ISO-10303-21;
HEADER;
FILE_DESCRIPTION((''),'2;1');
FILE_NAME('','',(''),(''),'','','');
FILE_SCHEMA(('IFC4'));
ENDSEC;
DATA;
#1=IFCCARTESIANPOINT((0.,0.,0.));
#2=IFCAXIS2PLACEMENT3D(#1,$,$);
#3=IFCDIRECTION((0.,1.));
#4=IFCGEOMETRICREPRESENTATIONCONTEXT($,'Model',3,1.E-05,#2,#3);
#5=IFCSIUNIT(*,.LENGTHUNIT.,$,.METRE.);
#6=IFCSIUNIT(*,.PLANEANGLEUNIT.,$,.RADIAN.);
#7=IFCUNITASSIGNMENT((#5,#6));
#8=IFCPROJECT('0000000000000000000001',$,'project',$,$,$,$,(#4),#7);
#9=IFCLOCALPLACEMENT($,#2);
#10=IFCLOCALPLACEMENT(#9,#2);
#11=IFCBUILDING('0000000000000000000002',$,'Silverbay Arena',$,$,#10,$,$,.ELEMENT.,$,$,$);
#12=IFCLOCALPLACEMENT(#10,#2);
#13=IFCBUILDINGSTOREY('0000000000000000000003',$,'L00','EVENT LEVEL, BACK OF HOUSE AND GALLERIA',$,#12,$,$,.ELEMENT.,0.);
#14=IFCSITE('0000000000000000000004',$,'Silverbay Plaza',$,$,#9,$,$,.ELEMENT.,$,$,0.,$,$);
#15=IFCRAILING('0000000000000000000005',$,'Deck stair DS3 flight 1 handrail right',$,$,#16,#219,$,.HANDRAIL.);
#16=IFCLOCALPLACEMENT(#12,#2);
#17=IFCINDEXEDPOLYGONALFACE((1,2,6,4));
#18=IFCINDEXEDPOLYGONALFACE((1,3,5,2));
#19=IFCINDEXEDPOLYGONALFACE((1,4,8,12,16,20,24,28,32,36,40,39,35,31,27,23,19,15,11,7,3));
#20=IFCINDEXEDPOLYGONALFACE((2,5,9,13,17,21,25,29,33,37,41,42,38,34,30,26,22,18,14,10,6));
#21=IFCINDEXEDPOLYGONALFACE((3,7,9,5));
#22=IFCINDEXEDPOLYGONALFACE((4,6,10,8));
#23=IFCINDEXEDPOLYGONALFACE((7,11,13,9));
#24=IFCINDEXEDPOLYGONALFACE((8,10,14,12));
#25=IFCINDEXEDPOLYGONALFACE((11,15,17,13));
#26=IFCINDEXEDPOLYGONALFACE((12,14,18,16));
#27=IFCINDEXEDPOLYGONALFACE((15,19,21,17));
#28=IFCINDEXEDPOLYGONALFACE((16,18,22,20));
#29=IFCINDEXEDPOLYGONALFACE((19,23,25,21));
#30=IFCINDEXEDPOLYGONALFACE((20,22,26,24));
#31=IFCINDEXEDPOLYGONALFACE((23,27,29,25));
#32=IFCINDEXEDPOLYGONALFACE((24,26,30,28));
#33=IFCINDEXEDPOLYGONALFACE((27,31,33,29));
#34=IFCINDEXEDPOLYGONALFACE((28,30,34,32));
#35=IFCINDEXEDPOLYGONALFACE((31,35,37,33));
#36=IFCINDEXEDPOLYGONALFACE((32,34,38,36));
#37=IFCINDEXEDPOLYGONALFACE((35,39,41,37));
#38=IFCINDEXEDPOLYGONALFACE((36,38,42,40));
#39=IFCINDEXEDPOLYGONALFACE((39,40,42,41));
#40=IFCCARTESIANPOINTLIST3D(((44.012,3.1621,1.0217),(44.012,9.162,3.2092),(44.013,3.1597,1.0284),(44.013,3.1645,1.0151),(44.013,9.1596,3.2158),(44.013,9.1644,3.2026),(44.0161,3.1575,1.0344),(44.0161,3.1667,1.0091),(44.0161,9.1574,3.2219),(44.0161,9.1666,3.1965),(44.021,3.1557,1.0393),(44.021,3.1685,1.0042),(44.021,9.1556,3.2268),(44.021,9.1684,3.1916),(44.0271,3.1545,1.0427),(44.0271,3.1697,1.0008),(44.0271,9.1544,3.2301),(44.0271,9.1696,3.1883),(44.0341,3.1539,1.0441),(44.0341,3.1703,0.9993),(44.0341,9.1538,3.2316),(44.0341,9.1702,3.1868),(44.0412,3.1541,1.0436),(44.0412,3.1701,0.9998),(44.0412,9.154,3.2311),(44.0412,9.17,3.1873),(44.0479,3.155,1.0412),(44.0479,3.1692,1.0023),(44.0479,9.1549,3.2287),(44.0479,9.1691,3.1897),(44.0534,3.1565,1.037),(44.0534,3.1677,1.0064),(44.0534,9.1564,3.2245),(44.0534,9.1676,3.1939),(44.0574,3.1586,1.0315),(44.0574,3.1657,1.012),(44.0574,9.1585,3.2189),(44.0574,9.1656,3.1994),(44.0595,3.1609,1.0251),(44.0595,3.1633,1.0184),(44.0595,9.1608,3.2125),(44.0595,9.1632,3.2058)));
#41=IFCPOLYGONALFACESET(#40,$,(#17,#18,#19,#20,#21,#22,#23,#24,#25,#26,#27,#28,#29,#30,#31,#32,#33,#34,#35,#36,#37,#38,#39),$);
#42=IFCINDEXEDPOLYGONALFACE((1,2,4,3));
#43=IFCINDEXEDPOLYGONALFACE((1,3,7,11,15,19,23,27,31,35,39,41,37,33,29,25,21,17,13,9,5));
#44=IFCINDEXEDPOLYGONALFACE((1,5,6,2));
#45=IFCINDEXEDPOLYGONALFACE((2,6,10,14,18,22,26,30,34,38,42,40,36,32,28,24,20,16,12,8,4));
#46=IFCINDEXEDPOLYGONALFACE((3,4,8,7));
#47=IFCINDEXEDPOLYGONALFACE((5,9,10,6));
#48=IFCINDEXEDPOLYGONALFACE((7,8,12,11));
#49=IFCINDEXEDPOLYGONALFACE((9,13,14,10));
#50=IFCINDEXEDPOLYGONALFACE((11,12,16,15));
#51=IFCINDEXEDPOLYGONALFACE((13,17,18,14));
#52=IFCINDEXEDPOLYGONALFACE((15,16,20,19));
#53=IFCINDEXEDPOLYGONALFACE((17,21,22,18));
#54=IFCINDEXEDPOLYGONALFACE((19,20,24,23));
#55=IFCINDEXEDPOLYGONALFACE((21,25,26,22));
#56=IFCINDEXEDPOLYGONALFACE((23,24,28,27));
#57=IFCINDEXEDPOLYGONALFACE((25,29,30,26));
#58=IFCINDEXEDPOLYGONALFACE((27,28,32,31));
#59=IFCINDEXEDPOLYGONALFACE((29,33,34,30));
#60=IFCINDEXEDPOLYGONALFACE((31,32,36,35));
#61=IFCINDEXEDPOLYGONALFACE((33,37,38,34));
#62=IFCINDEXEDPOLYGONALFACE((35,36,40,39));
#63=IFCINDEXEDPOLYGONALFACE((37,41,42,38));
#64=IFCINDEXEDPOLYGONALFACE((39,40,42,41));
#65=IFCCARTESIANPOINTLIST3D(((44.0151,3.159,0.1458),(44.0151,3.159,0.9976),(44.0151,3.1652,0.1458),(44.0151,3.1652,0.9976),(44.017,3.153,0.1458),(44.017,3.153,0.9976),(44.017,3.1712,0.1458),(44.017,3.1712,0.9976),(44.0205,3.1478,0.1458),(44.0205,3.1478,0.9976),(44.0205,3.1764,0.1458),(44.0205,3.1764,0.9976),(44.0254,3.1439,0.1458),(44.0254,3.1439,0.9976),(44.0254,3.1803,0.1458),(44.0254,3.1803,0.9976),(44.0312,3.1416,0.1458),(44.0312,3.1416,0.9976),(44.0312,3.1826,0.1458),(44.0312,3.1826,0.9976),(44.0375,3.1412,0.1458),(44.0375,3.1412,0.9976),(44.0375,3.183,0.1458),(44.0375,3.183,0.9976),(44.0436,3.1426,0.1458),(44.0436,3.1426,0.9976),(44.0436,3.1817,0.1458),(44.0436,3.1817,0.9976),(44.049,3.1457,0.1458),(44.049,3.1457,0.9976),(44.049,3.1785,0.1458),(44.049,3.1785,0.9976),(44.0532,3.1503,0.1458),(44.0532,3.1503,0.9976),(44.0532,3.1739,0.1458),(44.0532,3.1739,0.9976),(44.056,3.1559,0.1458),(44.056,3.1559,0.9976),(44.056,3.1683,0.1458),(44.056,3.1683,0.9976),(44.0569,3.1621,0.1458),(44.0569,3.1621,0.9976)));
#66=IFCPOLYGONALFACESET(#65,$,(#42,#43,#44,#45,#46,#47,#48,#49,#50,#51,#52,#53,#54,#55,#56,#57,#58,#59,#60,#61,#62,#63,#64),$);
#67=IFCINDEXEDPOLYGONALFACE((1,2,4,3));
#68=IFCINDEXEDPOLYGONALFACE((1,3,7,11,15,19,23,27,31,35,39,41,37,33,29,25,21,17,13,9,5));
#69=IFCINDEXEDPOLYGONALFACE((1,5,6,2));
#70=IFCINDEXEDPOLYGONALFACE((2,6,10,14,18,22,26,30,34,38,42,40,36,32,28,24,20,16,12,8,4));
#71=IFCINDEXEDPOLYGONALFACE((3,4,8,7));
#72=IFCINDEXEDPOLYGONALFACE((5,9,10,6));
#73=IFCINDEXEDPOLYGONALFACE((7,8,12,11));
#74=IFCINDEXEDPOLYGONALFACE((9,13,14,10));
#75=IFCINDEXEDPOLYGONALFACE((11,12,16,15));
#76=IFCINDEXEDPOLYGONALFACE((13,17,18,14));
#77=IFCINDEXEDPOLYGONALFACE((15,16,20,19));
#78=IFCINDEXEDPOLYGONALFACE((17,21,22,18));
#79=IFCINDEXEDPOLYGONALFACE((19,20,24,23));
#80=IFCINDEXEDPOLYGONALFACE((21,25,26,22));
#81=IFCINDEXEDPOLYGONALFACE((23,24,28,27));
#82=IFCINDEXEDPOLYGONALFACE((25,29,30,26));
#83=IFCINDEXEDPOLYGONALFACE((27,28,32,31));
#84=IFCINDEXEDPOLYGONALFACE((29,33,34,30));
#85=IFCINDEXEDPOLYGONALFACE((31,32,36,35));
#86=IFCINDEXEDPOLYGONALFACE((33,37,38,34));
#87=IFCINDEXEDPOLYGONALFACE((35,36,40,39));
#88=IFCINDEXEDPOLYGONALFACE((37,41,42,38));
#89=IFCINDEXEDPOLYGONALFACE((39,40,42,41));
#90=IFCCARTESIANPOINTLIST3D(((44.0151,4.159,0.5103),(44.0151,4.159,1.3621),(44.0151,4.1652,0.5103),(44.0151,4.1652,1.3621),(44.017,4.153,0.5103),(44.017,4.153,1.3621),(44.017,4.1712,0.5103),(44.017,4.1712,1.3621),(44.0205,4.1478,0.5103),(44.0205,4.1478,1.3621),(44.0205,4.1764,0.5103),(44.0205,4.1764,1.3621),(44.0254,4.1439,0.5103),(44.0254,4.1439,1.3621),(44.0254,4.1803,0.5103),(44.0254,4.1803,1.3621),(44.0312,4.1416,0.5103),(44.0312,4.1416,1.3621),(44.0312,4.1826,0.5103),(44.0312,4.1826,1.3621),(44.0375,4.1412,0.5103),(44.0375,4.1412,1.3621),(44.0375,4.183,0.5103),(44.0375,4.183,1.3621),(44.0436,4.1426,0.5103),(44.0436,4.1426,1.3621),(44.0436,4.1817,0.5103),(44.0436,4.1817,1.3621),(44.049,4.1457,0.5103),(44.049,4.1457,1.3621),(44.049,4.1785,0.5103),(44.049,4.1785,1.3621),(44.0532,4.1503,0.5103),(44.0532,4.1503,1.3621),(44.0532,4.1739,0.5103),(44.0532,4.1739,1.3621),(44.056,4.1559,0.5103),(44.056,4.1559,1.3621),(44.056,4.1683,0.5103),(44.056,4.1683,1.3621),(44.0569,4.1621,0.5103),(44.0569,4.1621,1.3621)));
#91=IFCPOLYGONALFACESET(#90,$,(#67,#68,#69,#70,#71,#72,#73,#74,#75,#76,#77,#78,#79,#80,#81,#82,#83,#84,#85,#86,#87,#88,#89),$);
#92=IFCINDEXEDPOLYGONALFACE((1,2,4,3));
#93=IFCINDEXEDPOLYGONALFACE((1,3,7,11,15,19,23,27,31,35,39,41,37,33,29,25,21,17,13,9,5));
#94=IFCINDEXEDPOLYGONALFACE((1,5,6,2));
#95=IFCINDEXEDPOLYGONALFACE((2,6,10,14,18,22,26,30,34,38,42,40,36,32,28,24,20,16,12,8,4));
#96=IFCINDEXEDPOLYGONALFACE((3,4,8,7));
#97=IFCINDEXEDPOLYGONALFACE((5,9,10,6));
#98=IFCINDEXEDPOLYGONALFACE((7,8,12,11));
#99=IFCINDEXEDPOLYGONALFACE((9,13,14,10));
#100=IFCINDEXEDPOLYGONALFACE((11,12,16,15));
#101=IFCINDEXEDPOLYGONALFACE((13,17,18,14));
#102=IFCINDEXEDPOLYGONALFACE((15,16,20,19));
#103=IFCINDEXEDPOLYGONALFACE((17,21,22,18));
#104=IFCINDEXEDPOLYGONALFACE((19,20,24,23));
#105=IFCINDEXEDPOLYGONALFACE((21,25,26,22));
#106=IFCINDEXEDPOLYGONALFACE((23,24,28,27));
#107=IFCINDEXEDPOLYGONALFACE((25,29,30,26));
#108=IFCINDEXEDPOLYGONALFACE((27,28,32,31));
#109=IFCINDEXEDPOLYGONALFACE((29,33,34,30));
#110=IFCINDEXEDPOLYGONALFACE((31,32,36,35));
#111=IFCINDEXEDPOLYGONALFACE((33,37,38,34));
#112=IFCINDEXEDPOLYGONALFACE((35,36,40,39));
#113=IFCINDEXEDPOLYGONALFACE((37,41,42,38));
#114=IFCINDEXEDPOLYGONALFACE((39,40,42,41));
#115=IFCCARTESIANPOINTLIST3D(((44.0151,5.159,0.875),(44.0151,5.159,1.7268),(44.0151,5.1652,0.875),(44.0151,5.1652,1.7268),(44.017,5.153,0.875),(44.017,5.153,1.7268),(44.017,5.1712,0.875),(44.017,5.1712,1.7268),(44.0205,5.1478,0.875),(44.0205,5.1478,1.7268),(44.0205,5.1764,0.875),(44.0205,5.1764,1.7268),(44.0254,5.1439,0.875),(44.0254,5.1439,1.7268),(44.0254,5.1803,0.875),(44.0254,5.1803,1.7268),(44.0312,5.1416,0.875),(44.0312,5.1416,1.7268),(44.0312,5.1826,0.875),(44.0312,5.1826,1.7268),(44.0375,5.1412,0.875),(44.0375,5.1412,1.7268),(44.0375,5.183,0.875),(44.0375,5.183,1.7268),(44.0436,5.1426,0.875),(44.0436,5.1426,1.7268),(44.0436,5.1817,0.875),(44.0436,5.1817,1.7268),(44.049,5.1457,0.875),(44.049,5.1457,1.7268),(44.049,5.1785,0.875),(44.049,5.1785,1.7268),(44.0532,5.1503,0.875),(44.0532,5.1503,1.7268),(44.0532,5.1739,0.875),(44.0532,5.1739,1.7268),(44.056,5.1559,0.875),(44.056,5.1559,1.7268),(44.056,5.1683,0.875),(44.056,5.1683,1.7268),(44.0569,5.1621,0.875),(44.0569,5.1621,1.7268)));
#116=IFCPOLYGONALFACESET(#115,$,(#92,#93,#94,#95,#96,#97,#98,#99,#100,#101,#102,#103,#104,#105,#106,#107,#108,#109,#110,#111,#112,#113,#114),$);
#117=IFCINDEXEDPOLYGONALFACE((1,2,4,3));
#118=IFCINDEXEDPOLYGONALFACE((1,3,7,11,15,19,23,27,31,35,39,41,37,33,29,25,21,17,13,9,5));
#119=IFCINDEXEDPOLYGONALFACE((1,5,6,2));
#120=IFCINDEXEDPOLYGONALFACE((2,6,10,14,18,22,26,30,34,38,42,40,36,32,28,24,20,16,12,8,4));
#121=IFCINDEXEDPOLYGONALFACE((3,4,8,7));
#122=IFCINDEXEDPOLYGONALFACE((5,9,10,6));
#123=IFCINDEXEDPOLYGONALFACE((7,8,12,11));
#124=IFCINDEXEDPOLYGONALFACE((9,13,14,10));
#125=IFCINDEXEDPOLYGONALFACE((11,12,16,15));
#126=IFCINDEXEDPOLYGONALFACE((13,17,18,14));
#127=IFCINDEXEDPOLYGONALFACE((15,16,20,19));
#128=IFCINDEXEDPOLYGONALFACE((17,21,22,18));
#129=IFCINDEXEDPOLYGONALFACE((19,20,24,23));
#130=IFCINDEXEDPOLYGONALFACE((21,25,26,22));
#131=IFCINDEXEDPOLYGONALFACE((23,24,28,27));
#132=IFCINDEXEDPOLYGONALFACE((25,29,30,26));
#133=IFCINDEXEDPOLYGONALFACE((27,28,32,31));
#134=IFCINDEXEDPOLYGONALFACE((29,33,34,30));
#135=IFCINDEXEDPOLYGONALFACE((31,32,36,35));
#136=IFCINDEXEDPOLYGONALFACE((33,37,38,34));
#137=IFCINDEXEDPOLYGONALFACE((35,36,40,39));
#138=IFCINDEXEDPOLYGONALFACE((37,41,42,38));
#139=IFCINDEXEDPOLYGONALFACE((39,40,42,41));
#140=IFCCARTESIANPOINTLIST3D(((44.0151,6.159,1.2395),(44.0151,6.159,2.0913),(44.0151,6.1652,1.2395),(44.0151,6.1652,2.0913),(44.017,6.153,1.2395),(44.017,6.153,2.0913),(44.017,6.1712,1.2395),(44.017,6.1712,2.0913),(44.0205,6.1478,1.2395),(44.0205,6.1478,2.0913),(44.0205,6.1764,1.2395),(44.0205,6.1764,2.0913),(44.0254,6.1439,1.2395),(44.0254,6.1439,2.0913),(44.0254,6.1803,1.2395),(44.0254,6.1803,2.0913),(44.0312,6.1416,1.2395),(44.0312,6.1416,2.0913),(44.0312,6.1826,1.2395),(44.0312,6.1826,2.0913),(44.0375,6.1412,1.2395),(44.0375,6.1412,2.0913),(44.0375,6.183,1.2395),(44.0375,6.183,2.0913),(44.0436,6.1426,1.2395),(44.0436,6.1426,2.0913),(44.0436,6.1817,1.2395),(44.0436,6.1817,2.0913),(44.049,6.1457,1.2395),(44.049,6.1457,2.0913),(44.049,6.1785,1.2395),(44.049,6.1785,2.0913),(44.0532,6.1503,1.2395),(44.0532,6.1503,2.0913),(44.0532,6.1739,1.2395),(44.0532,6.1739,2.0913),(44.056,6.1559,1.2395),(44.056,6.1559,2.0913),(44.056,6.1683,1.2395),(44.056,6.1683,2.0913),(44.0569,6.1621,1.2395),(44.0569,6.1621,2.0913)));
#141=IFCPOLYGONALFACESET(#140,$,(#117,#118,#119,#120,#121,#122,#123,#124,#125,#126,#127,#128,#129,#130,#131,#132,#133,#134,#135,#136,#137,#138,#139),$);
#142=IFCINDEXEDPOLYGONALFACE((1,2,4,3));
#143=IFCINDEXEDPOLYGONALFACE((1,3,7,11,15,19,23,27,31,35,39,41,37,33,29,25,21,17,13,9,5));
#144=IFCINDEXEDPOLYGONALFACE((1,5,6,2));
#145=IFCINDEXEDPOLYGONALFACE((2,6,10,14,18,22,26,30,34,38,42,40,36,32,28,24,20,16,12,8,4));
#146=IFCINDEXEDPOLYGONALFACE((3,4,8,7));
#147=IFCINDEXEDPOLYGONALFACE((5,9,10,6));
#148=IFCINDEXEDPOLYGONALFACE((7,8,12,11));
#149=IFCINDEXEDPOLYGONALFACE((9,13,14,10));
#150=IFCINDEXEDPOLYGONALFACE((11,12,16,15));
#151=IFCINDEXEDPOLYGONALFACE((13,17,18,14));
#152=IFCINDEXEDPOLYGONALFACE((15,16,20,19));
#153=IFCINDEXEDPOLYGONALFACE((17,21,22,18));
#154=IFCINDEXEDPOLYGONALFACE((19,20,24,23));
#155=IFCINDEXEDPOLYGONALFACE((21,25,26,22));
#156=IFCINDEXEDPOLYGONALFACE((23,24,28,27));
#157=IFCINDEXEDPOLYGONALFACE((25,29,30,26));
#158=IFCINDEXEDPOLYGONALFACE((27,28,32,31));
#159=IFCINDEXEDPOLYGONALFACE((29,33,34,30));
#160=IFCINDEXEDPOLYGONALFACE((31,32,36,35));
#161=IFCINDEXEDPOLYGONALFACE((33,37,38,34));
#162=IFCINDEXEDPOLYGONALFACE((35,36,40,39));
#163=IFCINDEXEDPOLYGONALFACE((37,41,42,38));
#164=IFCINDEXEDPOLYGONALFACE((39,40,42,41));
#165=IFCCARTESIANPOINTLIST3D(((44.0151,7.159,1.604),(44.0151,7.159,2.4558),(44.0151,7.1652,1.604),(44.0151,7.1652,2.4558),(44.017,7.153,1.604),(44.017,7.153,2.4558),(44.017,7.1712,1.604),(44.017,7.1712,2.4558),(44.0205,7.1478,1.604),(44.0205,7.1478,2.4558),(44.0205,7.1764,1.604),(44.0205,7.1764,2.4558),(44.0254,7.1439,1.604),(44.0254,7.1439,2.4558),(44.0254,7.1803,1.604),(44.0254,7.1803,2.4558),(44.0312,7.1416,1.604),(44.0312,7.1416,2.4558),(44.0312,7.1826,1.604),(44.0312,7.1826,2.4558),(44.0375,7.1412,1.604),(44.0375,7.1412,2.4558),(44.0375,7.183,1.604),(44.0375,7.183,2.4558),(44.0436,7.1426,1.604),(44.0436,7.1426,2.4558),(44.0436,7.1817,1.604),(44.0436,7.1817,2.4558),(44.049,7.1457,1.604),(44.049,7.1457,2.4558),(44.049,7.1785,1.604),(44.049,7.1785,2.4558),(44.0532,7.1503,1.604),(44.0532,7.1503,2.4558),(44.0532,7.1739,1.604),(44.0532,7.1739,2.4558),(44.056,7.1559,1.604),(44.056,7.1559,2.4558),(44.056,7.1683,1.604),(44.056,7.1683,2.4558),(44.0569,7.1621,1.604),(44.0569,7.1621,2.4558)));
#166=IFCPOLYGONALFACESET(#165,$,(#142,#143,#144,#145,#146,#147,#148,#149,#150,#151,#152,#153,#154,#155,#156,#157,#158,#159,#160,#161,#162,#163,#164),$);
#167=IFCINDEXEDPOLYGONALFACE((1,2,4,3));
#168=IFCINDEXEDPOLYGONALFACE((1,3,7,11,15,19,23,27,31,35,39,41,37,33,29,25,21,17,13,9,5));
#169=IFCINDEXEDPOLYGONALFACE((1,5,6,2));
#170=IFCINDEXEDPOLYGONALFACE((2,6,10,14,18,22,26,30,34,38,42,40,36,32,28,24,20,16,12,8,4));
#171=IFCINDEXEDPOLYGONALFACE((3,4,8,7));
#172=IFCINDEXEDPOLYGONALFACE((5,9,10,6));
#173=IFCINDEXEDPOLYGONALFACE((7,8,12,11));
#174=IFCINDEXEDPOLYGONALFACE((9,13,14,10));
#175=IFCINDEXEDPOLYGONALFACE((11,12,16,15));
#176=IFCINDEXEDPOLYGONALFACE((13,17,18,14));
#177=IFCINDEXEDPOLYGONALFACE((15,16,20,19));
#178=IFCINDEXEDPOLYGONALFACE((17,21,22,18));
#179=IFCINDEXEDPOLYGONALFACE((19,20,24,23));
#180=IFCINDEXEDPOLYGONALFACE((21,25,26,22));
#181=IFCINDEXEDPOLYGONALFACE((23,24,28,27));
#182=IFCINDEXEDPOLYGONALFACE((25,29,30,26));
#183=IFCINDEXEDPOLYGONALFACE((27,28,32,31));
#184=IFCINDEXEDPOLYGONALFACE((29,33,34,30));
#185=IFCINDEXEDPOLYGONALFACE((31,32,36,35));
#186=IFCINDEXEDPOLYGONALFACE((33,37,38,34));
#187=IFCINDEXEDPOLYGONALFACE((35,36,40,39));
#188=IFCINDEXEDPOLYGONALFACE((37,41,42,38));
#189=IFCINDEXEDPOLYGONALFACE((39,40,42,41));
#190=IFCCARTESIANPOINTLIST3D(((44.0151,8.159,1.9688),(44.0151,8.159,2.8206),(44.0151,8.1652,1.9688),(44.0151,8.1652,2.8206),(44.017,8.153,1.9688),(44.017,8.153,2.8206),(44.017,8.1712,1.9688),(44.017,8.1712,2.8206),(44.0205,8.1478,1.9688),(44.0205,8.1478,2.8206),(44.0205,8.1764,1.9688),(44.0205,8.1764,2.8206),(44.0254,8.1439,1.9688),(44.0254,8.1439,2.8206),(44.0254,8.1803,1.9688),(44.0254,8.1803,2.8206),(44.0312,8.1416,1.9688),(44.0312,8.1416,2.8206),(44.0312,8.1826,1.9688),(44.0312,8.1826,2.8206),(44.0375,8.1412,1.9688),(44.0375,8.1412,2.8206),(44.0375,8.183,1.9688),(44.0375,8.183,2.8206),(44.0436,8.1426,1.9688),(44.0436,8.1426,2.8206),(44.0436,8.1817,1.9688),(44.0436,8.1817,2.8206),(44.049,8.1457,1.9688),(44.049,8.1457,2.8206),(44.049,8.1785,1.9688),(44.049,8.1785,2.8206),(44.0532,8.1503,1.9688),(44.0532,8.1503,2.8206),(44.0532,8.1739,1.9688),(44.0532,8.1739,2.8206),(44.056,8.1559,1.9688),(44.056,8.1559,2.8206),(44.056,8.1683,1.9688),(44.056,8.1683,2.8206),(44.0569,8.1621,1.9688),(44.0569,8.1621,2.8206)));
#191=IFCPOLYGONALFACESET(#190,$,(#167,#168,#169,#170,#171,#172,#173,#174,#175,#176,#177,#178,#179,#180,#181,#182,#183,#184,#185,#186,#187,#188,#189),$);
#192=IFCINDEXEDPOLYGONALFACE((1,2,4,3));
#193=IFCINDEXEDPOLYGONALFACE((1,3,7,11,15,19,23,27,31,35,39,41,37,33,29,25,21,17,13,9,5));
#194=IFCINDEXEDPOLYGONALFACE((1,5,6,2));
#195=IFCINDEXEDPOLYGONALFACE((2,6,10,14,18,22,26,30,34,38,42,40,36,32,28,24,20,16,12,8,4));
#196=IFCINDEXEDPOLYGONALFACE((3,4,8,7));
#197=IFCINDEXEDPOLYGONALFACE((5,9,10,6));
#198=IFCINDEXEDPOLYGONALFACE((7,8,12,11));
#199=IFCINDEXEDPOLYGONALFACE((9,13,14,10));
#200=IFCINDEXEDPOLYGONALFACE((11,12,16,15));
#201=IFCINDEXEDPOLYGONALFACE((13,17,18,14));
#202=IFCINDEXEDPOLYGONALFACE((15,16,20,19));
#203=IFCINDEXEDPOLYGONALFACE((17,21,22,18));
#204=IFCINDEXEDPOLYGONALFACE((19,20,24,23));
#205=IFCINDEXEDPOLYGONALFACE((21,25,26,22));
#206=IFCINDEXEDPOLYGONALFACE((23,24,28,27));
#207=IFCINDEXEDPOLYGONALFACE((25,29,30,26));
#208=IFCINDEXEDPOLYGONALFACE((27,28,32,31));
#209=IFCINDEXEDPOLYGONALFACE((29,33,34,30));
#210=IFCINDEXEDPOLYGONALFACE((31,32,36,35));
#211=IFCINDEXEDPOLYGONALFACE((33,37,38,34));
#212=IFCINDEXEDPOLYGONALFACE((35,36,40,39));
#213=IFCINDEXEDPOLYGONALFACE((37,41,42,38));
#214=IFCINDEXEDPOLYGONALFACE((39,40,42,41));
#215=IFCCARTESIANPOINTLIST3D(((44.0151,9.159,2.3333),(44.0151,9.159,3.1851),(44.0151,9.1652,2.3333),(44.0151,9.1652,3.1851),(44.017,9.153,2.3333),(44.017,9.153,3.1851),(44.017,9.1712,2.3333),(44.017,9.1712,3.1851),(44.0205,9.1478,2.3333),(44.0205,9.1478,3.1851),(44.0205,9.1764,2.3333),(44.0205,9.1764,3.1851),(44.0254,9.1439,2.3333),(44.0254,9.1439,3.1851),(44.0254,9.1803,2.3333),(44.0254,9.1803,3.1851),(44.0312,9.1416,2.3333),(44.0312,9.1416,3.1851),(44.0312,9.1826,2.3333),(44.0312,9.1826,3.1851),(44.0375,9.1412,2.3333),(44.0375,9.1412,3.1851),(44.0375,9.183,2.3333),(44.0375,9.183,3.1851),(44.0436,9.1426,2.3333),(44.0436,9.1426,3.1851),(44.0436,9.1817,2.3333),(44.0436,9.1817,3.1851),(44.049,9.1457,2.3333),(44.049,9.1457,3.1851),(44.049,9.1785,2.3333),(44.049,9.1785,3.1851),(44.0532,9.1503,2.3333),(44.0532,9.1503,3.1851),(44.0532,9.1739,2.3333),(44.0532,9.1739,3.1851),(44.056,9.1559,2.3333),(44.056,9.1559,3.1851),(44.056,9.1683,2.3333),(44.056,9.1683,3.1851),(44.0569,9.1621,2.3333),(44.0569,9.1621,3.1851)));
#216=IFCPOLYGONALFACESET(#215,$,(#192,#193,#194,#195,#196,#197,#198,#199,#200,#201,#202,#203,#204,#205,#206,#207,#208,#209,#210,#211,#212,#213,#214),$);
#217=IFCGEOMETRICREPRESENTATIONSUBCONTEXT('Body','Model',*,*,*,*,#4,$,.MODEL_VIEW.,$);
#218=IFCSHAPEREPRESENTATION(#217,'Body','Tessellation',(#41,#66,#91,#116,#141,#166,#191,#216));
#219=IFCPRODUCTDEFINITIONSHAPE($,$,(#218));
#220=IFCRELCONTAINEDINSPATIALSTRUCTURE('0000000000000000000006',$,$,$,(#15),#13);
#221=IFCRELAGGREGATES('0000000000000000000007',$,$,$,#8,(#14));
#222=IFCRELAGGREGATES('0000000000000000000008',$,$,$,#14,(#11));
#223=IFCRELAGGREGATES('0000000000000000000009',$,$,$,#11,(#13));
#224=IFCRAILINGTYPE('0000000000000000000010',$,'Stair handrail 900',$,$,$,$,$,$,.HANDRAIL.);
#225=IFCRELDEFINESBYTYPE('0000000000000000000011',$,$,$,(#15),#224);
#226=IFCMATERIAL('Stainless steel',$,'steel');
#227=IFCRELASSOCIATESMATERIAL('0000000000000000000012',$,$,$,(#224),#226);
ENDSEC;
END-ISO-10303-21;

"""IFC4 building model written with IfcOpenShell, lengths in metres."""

from ifc_helpers import new_model, si_unit, direction, frame, origin, origin_2d, place, context, subcontext, project, spatial, circle, extrude, material, type_object, element, save


model = new_model("IFC4")

# Units and contexts
model_context = context("Model", 3, precision=1e-05, world=origin(), true_north=direction((0.0, 1.0)))
body_context = subcontext(model_context, "Body", "Model", "MODEL_VIEW")
ifc_project = project(units=[si_unit("LENGTHUNIT", "METRE"), si_unit("PLANEANGLEUNIT", "RADIAN")], contexts=[model_context])

# Site, building, storey
site_placement = place(None, origin())
site = spatial("IfcSite", under=ifc_project, at=site_placement, Name="Silverbay Plaza", CompositionType="ELEMENT", RefElevation=0.0)
building_placement = place(site_placement, origin())
building = spatial("IfcBuilding", under=site, at=building_placement, Name="Silverbay Arena", CompositionType="ELEMENT")
storey_placement = place(building_placement, origin())
storey = spatial("IfcBuildingStorey", under=building, at=storey_placement, Name="L00", Description="EVENT LEVEL, BACK OF HOUSE AND GALLERIA", CompositionType="ELEMENT", Elevation=0.0)

# Railing
ifc_material_1 = material(Name="Stainless steel", Category="steel")
railing_type_1 = type_object("IfcRailingType", Name="Stair handrail 900", PredefinedType="HANDRAIL", material=ifc_material_1)
for number, where, name in (
    (1, (44.0359, 3.1621, 0.1458), "Deck stair DS3 flight 1 handrail right"),
):
    element("IfcRailing", number, at=place(storey_placement, frame(where)), inside=storey, type_object=railing_type_1, Name=name, PredefinedType="HANDRAIL", context=body_context, shape_type="SweptSolid", body=[
        extrude(circle(Radius=0.0239, at=origin_2d()), frame((0.0, 0.0, 0.876), z_axis=(0.0, 0.939507, 0.342529), x_axis=(-1.0, 0.0, 0.0)), (0.0, 0.0, 1.0), 6.3862),
        extrude(circle(Radius=0.021, at=origin_2d()), origin(), (0.0, 0.0, 1.0), 0.8518),
        extrude(circle(Radius=0.021, at=origin_2d()), frame((0.0, 1.0, 0.3645)), (0.0, 0.0, 1.0), 0.8518),
        extrude(circle(Radius=0.021, at=origin_2d()), frame((0.0, 2.0, 0.7292)), (0.0, 0.0, 1.0), 0.8518),
        extrude(circle(Radius=0.021, at=origin_2d()), frame((0.0, 3.0, 1.0938)), (0.0, 0.0, 1.0), 0.8518),
        extrude(circle(Radius=0.021, at=origin_2d()), frame((0.0, 4.0, 1.4583)), (0.0, 0.0, 1.0), 0.8518),
        extrude(circle(Radius=0.021, at=origin_2d()), frame((0.0, 5.0, 1.823)), (0.0, 0.0, 1.0), 0.8518),
        extrude(circle(Radius=0.021, at=origin_2d()), frame((0.0, 6.0, 2.1875)), (0.0, 0.0, 1.0), 0.8518),
    ])

save(model, "model.ifc")
